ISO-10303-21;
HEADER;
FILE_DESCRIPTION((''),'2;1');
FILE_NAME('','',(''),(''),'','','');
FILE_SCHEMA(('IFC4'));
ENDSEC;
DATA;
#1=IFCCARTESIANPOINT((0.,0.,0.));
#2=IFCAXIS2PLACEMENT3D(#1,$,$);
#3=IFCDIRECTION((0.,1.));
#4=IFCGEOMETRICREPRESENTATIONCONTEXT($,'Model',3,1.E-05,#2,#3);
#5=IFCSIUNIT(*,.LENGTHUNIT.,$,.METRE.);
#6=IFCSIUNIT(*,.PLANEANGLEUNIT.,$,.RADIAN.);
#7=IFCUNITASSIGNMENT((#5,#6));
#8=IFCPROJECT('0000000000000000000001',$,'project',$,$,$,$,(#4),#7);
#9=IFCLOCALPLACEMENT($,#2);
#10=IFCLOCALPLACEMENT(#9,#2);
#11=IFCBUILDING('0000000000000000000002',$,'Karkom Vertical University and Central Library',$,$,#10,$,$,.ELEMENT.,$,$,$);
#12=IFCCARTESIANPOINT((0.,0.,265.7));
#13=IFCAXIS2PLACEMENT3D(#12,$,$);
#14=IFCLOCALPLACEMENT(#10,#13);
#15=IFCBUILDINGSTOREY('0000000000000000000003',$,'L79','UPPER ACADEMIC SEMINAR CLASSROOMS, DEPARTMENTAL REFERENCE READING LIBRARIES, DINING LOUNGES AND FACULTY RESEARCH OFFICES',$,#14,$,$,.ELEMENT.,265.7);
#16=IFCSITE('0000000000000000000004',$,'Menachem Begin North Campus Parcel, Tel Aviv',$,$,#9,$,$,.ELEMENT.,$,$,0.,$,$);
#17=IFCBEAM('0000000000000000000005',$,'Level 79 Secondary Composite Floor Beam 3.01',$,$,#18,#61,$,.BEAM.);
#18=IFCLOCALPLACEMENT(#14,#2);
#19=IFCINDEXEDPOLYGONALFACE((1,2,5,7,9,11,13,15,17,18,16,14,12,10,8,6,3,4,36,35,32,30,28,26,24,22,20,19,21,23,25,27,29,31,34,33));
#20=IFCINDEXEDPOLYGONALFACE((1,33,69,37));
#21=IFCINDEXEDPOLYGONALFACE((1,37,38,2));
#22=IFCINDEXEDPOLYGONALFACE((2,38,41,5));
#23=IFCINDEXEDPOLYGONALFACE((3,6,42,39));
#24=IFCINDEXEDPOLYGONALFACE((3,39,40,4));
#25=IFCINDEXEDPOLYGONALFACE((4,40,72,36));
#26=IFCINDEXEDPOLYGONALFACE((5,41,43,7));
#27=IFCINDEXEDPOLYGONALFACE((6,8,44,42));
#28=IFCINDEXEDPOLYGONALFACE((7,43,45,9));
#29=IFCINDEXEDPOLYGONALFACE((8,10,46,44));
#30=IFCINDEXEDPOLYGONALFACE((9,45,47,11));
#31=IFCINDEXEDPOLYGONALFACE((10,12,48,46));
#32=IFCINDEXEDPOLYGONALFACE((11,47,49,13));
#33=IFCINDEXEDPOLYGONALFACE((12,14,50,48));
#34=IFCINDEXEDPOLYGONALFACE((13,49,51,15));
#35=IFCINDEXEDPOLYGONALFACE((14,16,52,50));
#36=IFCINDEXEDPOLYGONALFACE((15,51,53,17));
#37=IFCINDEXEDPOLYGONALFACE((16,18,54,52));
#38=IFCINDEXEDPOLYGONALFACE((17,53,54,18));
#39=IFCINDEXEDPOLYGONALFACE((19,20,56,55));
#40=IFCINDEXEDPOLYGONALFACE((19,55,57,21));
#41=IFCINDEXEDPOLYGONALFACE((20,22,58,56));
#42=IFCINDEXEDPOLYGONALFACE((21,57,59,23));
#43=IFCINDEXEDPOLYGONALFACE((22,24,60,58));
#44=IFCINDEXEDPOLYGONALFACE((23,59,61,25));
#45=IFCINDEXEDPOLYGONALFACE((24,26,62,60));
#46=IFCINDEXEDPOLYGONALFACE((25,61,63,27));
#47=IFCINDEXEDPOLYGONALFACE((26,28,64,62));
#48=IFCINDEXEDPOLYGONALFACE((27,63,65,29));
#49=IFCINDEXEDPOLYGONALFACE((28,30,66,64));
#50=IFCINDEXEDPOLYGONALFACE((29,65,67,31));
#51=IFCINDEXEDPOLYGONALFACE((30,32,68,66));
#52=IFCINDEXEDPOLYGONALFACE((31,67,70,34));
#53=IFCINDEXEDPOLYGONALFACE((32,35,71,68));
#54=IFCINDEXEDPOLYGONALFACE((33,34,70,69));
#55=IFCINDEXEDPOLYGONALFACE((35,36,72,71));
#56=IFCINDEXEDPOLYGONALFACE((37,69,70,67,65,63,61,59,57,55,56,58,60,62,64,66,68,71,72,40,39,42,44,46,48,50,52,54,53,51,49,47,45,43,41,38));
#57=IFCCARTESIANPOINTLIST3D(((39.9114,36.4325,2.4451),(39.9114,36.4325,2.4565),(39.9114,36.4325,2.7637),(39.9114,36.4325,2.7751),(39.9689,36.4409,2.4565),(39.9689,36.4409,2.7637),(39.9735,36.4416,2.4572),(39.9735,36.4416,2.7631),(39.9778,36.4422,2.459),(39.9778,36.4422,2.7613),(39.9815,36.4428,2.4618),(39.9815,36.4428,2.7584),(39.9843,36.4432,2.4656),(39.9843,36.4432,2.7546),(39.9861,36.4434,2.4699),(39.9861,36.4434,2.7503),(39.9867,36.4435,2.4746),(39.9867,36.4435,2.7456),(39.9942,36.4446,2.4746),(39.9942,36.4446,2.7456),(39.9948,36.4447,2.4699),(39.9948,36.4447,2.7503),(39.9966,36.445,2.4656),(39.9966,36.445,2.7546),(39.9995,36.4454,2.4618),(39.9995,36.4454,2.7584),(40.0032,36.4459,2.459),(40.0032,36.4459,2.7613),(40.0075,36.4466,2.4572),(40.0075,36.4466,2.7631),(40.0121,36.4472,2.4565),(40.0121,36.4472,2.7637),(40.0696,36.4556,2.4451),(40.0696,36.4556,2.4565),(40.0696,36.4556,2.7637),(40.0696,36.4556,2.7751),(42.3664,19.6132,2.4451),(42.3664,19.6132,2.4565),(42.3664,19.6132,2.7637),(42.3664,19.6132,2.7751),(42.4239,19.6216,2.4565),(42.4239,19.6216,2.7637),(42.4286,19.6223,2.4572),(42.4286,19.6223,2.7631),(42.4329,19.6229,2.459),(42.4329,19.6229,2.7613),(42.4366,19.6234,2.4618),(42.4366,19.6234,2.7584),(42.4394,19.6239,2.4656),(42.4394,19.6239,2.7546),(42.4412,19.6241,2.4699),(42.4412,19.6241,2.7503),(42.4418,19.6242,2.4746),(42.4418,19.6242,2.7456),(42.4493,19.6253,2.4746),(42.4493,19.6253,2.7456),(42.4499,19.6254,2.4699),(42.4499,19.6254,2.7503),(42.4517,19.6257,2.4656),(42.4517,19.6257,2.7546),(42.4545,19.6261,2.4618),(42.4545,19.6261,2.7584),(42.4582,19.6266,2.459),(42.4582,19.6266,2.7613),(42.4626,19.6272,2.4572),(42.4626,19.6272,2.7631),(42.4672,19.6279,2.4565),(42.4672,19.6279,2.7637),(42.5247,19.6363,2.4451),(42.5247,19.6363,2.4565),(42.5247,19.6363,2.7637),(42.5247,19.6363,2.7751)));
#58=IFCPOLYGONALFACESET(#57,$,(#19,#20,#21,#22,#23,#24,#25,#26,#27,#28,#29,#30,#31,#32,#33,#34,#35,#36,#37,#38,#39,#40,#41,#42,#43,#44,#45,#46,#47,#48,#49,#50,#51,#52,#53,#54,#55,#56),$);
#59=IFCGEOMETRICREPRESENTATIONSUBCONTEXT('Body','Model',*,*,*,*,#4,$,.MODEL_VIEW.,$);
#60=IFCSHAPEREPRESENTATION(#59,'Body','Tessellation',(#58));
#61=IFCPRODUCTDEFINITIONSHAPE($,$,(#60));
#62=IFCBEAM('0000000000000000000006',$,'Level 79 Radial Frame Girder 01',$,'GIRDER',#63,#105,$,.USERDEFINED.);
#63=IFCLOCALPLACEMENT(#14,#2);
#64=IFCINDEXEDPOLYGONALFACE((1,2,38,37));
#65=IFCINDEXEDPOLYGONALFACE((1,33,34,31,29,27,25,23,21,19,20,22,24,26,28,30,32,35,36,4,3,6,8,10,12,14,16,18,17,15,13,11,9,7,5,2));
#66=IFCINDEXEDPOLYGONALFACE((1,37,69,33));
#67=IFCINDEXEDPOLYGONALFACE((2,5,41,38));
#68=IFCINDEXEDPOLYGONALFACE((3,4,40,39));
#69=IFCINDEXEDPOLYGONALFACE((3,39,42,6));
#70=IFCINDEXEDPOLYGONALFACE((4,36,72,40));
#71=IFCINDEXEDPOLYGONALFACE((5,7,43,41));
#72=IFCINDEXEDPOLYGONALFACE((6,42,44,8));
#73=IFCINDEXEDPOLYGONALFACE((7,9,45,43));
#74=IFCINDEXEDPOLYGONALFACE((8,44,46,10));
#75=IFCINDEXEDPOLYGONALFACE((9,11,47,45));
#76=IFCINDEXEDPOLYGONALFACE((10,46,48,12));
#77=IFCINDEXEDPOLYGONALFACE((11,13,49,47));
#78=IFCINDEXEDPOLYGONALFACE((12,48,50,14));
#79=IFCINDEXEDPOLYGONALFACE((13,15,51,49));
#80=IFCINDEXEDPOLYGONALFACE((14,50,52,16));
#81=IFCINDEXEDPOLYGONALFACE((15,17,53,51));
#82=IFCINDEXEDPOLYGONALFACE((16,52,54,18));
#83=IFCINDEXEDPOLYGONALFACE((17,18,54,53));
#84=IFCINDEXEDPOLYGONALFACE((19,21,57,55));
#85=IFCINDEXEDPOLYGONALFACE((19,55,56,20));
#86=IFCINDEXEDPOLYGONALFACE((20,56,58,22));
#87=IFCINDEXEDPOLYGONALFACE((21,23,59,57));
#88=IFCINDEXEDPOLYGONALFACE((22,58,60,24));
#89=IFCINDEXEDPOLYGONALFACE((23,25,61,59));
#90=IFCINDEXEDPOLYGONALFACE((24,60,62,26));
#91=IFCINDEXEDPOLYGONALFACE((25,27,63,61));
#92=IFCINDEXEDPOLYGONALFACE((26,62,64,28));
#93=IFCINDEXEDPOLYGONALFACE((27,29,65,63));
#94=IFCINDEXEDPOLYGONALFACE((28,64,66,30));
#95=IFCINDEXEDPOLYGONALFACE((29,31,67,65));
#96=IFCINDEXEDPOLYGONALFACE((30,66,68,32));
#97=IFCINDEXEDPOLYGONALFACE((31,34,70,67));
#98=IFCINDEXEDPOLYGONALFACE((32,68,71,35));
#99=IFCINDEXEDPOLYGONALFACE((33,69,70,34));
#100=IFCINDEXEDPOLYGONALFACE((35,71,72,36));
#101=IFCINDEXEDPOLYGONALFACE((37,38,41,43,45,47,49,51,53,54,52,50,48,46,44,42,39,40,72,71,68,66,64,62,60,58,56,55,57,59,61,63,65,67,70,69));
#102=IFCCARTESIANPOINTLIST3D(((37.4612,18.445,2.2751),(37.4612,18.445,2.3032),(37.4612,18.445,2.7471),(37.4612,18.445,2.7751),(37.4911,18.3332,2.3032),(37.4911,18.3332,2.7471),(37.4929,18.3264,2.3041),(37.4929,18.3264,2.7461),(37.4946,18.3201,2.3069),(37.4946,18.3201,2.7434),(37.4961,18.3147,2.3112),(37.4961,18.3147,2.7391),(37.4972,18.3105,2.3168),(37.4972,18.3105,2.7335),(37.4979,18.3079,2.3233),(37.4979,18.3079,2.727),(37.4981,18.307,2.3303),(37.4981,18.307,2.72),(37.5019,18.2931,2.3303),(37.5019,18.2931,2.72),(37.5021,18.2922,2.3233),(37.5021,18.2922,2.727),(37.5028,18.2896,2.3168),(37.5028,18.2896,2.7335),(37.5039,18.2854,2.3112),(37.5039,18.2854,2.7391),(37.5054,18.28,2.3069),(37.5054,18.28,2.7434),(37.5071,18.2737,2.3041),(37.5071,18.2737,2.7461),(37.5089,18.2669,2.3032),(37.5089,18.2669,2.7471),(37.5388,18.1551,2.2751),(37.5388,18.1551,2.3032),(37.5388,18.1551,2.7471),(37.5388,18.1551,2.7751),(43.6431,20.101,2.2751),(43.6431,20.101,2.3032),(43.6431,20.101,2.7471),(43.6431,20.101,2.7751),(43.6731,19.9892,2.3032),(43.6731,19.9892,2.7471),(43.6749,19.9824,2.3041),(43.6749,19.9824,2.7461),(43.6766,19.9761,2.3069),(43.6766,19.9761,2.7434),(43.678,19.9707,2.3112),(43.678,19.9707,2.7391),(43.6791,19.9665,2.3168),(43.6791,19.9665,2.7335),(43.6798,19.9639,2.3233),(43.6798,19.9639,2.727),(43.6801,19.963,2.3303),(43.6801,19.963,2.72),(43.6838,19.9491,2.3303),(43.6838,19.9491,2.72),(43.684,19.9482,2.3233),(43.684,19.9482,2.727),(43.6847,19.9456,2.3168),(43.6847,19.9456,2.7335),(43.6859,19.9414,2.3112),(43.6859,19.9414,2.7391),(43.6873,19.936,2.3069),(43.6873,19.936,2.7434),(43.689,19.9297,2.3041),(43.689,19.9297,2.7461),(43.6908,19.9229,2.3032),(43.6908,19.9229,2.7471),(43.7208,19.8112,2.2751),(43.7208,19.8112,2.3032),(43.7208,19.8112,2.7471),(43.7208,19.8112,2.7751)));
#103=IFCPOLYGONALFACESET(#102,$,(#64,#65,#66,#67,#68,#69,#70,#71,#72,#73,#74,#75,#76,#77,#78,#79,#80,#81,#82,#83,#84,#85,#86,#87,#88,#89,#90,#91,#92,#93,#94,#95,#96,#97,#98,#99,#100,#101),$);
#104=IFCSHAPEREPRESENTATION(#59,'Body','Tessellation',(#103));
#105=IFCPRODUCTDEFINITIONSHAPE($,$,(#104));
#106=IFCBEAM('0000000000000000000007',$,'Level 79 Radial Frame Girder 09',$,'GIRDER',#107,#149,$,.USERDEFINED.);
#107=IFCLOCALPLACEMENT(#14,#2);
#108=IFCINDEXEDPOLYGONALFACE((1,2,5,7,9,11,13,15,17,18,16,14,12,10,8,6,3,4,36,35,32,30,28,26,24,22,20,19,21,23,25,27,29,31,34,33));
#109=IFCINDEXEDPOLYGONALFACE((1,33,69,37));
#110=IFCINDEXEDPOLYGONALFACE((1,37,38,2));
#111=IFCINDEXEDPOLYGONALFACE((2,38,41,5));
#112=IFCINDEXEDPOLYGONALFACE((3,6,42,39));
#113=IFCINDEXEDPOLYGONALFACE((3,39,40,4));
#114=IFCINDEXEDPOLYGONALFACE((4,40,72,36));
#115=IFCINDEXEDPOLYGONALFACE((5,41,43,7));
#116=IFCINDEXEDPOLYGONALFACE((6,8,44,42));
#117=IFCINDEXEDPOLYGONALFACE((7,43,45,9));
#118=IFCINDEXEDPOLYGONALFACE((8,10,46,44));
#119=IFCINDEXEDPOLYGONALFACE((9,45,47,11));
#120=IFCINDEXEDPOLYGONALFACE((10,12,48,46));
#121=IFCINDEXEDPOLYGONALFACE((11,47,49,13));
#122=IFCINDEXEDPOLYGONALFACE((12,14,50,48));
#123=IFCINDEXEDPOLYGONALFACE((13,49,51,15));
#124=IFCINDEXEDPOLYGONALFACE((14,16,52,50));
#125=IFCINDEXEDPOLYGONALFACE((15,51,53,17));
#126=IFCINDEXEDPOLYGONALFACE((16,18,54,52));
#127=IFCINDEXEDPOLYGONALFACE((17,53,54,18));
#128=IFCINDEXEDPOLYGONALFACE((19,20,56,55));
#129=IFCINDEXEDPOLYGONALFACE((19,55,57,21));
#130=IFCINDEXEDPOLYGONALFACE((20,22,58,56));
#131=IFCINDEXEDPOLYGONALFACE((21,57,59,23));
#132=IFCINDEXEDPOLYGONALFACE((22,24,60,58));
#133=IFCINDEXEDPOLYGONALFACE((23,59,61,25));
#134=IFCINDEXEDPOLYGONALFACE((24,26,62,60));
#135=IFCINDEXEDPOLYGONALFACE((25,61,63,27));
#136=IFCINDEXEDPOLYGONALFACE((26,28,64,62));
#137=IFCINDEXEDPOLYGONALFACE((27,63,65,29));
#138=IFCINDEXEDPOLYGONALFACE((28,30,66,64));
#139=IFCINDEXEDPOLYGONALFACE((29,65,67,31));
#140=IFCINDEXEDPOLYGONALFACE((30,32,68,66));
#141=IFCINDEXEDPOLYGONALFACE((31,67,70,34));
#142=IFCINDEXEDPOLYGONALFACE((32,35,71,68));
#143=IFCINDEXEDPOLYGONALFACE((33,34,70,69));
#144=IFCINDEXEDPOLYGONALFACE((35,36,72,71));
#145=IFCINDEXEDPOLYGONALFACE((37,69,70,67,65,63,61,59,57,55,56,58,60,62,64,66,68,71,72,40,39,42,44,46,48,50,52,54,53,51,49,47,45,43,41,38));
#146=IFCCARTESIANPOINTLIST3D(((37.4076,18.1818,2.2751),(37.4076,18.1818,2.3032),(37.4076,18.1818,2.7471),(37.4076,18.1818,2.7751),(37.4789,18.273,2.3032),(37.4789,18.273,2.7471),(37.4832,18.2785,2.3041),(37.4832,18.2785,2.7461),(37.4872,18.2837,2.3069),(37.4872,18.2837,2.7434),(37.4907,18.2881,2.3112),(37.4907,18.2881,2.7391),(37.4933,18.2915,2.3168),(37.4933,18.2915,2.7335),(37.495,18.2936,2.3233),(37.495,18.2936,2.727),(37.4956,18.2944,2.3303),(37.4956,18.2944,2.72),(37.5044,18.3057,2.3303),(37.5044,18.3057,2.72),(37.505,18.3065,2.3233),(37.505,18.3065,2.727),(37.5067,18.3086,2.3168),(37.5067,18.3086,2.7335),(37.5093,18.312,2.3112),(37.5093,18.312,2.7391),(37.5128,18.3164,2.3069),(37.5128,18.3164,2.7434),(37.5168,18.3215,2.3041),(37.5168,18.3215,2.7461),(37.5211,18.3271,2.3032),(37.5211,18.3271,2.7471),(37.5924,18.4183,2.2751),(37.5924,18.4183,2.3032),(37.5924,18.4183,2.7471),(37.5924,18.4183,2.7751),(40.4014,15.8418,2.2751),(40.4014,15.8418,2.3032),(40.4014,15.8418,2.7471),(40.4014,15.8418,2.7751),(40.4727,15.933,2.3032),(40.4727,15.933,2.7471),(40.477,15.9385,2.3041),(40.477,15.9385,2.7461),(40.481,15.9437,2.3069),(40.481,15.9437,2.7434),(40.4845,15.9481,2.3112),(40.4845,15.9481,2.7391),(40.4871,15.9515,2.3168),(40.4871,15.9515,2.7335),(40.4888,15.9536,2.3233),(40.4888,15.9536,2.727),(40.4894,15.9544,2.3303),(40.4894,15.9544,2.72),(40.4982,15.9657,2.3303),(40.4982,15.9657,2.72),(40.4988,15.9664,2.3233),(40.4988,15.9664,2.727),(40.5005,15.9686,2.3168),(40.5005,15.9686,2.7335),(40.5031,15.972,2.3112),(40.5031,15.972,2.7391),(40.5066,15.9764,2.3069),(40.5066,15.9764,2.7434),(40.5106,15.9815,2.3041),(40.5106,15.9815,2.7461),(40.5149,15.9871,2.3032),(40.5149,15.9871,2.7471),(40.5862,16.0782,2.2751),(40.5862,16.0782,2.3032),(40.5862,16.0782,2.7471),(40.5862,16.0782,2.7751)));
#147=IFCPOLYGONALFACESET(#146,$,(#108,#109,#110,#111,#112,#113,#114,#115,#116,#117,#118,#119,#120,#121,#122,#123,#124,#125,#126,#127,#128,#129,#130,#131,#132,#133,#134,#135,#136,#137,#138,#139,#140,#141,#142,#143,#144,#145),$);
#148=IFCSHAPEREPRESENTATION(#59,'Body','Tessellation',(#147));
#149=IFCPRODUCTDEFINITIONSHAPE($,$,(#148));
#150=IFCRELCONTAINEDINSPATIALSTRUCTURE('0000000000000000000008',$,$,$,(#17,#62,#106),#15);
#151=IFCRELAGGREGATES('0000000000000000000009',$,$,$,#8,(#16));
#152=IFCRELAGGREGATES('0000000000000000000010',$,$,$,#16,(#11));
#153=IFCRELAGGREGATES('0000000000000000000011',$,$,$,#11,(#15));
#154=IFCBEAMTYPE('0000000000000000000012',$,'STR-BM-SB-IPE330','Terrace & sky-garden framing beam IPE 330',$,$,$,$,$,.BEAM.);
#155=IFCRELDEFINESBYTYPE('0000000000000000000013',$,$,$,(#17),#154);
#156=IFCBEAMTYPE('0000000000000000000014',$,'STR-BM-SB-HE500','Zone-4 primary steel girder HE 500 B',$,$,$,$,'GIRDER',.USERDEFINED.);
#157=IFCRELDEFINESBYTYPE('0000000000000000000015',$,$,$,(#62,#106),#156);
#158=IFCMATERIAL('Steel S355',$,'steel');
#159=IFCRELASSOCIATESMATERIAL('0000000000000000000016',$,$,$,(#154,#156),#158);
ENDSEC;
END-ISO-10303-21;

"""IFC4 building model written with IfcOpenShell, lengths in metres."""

from ifc_helpers import new_model, si_unit, direction, frame, origin, origin_with_axes, origin_2d, place, context, subcontext, project, spatial, i_section, extrude, source, transform, mapped, material, material_profile, profile_set, type_object, element, save


model = new_model("IFC4")

# Units and contexts
model_context = context("Model", 3, precision=1e-05, world=origin(), true_north=direction((0.0, 1.0)))
body_context = subcontext(model_context, "Body", "Model", "MODEL_VIEW")
ifc_project = project(units=[si_unit("LENGTHUNIT", "METRE"), si_unit("PLANEANGLEUNIT", "RADIAN")], contexts=[model_context])

# Site, building, storey
site_placement = place(None, origin())
site = spatial("IfcSite", under=ifc_project, at=site_placement, Name="Menachem Begin North Campus Parcel, Tel Aviv", CompositionType="ELEMENT", RefElevation=0.0)
building_placement = place(site_placement, origin())
building = spatial("IfcBuilding", under=site, at=building_placement, Name="Karkom Vertical University and Central Library", CompositionType="ELEMENT")
storey_placement = place(building_placement, frame((0.0, 0.0, 265.7)))
storey = spatial("IfcBuildingStorey", under=building, at=storey_placement, Name="L79", Description="UPPER ACADEMIC SEMINAR CLASSROOMS, DEPARTMENTAL REFERENCE READING LIBRARIES, DINING LOUNGES AND FACULTY RESEARCH OFFICES", CompositionType="ELEMENT", Elevation=265.7)

# Beams
ifc_material_1 = material(Name="Steel S355", Category="steel")
ifc_material_profile_1 = material_profile(ifc_material_1, i_section(OverallWidth=0.1599, OverallDepth=0.3301, WebThickness=0.0076, FlangeThickness=0.0115, FilletRadius=0.0181, at=origin_2d()), Name="IPE 330")
ifc_profile_set_1 = profile_set([ifc_material_profile_1], Name="Steel S355")
beam_type_1 = type_object("IfcBeamType", Name="STR-BM-SB-IPE330", Description="Terrace & sky-garden framing beam IPE 330", PredefinedType="BEAM", material=ifc_profile_set_1)
shared_shape_1 = source(origin_with_axes(), body_context, "Body", "SweptSolid", [
    extrude(i_section(OverallWidth=0.1599, OverallDepth=0.3301, WebThickness=0.0076, FlangeThickness=0.0115, FilletRadius=0.0181, at=origin_2d()), origin(), (0.0, 0.0, 1.0), 16.9976),
])
beam_1_placement = place(storey_placement, frame((42.4456, 19.6248, 2.6101), z_axis=(-0.144437, 0.989514, 0.0), x_axis=(-0.989514, -0.144437, 0.0)))
element("IfcBeam", 1, at=beam_1_placement, inside=storey, type_object=beam_type_1, Name="Level 79 Secondary Composite Floor Beam 3.01", PredefinedType="BEAM", context=body_context, shape_type="MappedRepresentation", body=[
    mapped(shared_shape_1, transform((0.0, 0.0, 0.0), scale=1.0)),
])
ifc_material_profile_2 = material_profile(ifc_material_1, i_section(OverallWidth=0.3, OverallDepth=0.5, WebThickness=0.0144, FlangeThickness=0.0281, FilletRadius=0.0271, at=origin_2d()), Name="HE 500 B")
ifc_profile_set_2 = profile_set([ifc_material_profile_2], Name="Steel S355")
beam_type_2 = type_object("IfcBeamType", Name="STR-BM-SB-HE500", Description="Zone-4 primary steel girder HE 500 B", ElementType="GIRDER", PredefinedType="USERDEFINED", material=ifc_profile_set_2)
shared_shape_2 = source(origin_with_axes(), body_context, "Body", "SweptSolid", [
    extrude(i_section(OverallWidth=0.3, OverallDepth=0.5, WebThickness=0.0144, FlangeThickness=0.0281, FilletRadius=0.0271, at=origin_2d()), origin(), (0.0, 0.0, 1.0), 6.3999),
])
beam_2_placement = place(storey_placement, frame((37.5, 18.3, 2.5251), z_axis=(0.965942, 0.258757, 0.0), x_axis=(-0.258757, 0.965942, 0.0)))
element("IfcBeam", 2, at=beam_2_placement, inside=storey, type_object=beam_type_2, Name="Level 79 Radial Frame Girder 01", ObjectType="GIRDER", PredefinedType="USERDEFINED", context=body_context, shape_type="MappedRepresentation", body=[
    mapped(shared_shape_2, transform((0.0, 0.0, 0.0), scale=1.0)),
])
shared_shape_3 = source(origin_with_axes(), body_context, "Body", "SweptSolid", [
    extrude(i_section(OverallWidth=0.3, OverallDepth=0.5, WebThickness=0.0144, FlangeThickness=0.0281, FilletRadius=0.0271, at=origin_2d()), origin(), (0.0, 0.0, 1.0), 3.7998),
])
beam_3_placement = place(storey_placement, frame((37.5, 18.3, 2.5251), z_axis=(0.787883, -0.615825, 0.0), x_axis=(0.615825, 0.787883, 0.0)))
element("IfcBeam", 3, at=beam_3_placement, inside=storey, type_object=beam_type_2, Name="Level 79 Radial Frame Girder 09", ObjectType="GIRDER", PredefinedType="USERDEFINED", context=body_context, shape_type="MappedRepresentation", body=[
    mapped(shared_shape_3, transform((0.0, 0.0, 0.0), scale=1.0)),
])

save(model, "model.ifc")
